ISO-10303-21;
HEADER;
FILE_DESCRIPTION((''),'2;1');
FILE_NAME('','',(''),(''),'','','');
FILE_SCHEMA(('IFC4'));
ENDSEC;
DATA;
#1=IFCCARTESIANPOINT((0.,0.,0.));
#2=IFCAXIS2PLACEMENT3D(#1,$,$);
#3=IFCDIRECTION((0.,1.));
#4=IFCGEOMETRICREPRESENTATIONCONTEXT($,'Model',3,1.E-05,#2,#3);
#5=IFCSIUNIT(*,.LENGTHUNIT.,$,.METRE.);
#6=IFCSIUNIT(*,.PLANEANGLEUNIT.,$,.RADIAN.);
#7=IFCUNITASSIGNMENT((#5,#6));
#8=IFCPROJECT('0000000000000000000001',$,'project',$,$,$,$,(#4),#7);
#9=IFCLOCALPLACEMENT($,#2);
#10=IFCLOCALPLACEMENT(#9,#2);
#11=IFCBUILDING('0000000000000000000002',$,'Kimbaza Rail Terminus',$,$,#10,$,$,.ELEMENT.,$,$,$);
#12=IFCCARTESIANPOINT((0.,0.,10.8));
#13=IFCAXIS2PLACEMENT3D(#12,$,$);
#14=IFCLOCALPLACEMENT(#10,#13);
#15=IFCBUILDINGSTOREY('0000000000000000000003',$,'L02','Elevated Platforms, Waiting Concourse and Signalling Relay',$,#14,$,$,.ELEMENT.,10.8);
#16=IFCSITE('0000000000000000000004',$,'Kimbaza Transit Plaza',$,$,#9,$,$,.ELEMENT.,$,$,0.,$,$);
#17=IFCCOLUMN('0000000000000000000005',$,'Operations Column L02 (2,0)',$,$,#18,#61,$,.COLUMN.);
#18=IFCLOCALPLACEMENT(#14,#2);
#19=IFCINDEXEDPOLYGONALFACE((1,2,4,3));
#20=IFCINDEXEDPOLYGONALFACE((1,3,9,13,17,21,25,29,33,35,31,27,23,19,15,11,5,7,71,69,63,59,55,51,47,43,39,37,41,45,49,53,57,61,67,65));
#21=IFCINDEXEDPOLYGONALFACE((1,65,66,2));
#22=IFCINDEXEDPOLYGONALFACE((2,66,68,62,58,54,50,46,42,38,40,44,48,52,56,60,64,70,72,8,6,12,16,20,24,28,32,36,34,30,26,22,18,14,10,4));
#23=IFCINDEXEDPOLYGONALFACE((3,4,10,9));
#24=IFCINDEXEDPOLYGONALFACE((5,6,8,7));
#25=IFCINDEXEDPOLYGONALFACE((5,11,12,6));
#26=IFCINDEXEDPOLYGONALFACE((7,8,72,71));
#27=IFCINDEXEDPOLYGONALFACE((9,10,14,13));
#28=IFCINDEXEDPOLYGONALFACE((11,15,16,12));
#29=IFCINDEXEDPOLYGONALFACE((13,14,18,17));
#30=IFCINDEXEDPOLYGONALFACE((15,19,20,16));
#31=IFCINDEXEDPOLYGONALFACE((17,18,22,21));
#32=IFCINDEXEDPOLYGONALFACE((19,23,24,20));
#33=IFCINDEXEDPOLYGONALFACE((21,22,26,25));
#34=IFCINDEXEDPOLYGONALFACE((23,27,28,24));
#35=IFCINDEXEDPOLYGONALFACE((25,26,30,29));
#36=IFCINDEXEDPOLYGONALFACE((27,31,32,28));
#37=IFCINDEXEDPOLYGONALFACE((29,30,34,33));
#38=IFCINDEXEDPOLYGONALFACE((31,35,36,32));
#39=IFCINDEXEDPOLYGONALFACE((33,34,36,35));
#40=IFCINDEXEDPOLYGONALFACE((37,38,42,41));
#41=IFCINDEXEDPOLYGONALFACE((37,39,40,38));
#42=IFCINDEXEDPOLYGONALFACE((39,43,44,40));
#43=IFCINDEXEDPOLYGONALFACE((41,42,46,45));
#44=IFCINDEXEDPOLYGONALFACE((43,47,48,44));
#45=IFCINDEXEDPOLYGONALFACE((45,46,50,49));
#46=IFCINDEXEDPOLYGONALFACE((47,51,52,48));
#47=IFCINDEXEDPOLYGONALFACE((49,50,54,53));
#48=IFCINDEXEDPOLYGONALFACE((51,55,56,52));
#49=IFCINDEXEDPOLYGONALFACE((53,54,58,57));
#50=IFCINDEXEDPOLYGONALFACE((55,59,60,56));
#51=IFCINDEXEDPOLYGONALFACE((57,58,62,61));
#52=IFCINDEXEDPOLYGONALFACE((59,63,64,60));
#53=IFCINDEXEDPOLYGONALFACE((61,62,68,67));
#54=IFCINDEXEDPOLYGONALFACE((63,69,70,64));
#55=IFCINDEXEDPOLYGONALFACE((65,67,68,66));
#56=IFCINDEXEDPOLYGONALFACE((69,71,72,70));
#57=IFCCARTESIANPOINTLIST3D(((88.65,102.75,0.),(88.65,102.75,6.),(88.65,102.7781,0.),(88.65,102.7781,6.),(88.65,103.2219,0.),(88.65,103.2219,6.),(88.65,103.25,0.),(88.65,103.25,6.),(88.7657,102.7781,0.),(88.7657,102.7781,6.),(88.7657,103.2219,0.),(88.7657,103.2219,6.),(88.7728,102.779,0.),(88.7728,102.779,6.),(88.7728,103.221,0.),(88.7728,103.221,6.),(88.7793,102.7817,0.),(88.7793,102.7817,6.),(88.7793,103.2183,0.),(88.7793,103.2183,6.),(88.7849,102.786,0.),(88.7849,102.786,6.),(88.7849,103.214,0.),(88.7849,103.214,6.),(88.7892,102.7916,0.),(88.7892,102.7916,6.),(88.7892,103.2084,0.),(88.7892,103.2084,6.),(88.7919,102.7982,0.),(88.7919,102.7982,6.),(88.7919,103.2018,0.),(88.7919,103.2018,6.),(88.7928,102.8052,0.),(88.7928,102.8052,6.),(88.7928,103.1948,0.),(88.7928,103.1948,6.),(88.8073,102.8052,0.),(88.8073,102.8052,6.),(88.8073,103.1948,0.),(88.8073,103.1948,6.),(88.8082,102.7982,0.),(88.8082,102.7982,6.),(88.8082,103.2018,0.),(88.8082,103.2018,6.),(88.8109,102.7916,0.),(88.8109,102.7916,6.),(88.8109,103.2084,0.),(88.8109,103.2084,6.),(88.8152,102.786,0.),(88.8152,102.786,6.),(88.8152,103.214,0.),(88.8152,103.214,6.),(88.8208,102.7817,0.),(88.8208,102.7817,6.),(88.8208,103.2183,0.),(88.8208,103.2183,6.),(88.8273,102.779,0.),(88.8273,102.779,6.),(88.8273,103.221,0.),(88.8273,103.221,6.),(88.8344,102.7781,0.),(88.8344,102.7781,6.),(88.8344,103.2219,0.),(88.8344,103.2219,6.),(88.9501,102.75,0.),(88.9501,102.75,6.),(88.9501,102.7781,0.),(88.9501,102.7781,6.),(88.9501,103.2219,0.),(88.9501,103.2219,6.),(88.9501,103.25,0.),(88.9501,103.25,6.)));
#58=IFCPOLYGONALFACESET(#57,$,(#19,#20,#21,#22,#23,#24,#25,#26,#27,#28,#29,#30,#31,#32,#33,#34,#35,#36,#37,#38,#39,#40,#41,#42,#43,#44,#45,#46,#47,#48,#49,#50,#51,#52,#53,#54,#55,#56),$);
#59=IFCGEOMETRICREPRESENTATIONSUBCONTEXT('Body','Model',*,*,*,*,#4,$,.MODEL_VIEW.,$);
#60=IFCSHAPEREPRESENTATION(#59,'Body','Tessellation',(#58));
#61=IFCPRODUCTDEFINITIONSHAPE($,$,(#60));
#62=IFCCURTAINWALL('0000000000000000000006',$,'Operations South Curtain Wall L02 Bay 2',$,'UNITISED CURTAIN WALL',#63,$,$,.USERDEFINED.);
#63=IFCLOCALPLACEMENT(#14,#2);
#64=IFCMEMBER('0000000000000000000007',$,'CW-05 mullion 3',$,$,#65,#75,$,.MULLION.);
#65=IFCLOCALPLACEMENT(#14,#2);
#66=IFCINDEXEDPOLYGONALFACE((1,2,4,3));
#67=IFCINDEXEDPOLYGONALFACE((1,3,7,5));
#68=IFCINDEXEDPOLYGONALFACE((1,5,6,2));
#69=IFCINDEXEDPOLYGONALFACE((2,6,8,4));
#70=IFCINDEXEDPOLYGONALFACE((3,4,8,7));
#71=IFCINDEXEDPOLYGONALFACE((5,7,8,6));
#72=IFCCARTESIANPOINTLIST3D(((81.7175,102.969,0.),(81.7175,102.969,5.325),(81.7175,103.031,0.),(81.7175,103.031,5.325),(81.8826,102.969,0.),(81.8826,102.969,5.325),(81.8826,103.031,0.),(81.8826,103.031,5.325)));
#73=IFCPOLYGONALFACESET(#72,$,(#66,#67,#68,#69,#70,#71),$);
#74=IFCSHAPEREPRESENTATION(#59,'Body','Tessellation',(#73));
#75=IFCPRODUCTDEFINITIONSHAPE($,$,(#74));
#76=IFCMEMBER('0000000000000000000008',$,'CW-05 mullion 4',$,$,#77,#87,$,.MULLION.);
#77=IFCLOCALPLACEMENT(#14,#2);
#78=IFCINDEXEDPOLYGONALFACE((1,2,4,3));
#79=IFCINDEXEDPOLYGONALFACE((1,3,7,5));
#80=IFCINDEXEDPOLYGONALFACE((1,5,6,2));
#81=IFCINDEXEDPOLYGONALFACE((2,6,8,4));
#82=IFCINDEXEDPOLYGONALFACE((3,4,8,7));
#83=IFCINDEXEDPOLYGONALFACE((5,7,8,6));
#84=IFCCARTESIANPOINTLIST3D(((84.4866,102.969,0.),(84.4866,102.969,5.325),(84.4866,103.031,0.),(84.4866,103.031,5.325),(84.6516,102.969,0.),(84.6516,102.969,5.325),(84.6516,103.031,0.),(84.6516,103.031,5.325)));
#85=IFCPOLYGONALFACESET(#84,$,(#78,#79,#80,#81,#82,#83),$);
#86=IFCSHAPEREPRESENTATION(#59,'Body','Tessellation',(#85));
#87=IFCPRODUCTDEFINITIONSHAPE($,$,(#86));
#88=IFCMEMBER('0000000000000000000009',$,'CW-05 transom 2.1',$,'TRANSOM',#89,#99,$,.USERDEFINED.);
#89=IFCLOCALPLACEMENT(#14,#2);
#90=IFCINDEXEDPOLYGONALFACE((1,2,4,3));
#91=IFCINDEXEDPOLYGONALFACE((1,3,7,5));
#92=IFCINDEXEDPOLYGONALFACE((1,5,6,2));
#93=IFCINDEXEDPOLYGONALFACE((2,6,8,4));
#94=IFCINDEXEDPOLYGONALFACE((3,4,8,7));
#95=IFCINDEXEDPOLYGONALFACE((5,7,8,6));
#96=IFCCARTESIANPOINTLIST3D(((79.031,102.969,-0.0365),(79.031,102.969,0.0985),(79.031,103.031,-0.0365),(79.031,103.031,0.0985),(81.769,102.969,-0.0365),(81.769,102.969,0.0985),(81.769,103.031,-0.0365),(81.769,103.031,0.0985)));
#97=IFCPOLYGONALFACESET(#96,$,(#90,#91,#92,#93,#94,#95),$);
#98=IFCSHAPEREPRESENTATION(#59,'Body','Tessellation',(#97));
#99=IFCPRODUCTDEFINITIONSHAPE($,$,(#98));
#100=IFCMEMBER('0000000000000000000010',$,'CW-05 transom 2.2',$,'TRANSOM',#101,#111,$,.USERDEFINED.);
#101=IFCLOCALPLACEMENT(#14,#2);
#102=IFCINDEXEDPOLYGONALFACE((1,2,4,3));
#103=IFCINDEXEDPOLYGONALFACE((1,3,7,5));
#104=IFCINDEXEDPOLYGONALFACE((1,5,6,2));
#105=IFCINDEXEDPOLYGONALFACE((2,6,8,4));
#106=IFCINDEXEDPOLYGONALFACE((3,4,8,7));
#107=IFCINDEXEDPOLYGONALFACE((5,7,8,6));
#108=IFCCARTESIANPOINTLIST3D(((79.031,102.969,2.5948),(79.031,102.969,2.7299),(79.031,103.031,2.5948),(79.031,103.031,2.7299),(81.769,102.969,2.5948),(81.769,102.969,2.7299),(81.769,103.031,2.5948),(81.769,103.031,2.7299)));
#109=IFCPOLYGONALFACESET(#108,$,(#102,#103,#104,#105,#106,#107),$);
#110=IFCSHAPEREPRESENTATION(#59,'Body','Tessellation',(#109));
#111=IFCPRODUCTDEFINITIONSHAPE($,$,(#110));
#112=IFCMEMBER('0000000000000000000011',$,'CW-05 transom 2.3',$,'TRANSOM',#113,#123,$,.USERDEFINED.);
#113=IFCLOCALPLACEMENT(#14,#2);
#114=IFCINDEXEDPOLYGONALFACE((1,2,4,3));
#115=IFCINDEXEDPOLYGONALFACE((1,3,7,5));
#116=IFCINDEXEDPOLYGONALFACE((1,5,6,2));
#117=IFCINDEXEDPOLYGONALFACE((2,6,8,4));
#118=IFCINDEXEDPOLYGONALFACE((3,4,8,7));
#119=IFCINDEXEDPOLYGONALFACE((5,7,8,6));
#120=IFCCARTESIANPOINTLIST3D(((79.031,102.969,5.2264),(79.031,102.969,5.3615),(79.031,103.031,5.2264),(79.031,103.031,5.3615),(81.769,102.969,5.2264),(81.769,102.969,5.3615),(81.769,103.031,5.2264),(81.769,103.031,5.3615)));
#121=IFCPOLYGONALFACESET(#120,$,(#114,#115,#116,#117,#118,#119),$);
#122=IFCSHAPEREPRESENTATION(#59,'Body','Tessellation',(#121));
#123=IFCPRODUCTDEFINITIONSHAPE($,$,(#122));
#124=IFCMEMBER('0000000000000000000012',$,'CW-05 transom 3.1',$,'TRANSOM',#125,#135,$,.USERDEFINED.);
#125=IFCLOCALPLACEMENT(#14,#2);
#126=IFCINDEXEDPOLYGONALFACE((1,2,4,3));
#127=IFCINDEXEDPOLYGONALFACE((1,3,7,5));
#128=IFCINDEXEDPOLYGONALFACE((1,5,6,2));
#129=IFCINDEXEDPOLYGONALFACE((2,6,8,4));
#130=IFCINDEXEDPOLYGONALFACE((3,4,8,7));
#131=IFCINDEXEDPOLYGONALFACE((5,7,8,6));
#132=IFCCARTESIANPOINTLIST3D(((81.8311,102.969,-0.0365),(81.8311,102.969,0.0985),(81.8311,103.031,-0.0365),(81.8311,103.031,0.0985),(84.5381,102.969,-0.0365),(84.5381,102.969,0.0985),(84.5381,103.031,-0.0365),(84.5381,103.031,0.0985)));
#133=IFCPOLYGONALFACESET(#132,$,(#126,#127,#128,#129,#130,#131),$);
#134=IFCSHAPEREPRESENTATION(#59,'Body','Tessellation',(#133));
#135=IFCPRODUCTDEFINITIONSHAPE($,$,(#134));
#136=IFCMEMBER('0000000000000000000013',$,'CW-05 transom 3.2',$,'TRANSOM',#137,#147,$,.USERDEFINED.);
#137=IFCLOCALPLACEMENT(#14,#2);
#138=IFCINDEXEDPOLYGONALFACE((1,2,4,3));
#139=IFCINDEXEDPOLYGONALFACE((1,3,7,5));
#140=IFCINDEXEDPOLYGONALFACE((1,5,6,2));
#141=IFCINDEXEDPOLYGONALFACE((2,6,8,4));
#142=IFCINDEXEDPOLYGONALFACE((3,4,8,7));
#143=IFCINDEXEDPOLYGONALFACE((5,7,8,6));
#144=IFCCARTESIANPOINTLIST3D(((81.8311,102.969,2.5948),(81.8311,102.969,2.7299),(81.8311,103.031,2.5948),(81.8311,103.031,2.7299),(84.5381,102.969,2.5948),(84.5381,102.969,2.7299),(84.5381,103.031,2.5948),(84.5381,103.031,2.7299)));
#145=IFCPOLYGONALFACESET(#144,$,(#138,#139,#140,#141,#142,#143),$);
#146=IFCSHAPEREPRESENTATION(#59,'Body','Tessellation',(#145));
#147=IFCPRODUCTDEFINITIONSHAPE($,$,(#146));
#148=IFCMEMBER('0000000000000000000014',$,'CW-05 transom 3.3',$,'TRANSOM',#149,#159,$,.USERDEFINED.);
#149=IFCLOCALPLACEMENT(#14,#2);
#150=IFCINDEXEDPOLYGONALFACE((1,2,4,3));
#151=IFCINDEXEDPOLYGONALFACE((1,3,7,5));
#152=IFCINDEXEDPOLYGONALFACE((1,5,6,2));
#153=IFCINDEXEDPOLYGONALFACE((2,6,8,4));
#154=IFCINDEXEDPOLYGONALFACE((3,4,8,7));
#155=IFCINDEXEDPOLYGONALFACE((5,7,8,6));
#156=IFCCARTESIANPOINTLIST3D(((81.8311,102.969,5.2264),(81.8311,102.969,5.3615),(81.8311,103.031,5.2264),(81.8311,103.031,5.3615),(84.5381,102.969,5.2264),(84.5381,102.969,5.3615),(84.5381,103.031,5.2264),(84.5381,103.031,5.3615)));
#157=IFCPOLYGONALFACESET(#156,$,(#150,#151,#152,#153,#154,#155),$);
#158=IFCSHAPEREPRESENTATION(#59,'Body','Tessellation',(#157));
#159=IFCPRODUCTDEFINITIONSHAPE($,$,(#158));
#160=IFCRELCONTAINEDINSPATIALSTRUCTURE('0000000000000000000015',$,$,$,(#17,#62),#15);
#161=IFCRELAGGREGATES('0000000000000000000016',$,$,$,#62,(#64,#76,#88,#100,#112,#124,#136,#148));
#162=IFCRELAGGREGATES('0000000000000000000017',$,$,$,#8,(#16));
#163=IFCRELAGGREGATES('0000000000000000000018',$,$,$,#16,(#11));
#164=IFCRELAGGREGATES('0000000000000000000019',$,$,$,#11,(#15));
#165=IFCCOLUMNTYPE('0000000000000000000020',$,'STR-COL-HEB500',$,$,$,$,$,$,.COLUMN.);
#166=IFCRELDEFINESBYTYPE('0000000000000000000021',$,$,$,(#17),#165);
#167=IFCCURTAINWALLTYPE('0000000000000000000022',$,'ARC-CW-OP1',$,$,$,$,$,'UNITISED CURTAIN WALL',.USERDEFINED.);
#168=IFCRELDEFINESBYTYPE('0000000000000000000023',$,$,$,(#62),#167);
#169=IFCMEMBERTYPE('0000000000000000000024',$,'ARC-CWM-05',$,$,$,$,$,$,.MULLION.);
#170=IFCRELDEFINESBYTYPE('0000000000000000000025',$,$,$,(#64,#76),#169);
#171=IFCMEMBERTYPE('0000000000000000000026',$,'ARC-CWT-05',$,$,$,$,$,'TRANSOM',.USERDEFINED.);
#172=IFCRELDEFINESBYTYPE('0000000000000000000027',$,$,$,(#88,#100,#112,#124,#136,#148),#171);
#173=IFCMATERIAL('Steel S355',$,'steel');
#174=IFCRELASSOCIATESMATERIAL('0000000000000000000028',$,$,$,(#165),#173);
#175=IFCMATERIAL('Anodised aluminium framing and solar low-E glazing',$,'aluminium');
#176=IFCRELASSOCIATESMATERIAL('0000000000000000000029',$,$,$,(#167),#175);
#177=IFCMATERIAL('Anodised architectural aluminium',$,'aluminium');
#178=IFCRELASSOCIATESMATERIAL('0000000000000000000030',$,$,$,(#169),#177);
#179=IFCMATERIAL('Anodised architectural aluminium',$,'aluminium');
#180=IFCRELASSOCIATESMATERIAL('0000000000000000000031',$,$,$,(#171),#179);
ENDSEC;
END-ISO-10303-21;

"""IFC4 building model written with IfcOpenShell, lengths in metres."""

from ifc_helpers import new_model, si_unit, direction, frame, origin, origin_2d, place, context, subcontext, project, spatial, rectangle, i_section, extrude, material, material_profile, profile_set, type_object, element, aggregate, save


model = new_model("IFC4")

# Units and contexts
model_context = context("Model", 3, precision=1e-05, world=origin(), true_north=direction((0.0, 1.0)))
body_context = subcontext(model_context, "Body", "Model", "MODEL_VIEW")
ifc_project = project(units=[si_unit("LENGTHUNIT", "METRE"), si_unit("PLANEANGLEUNIT", "RADIAN")], contexts=[model_context])

# Site, building, storey
site_placement = place(None, origin())
site = spatial("IfcSite", under=ifc_project, at=site_placement, Name="Kimbaza Transit Plaza", CompositionType="ELEMENT", RefElevation=0.0)
building_placement = place(site_placement, origin())
building = spatial("IfcBuilding", under=site, at=building_placement, Name="Kimbaza Rail Terminus", CompositionType="ELEMENT")
storey_placement = place(building_placement, frame((0.0, 0.0, 10.8)))
storey = spatial("IfcBuildingStorey", under=building, at=storey_placement, Name="L02", Description="Elevated Platforms, Waiting Concourse and Signalling Relay", CompositionType="ELEMENT", Elevation=10.8)

# Column
ifc_material_1 = material(Name="Steel S355", Category="steel")
ifc_material_profile_1 = material_profile(ifc_material_1, i_section(OverallWidth=0.3, OverallDepth=0.5, WebThickness=0.0144, FlangeThickness=0.0281, FilletRadius=0.0271, at=origin_2d()), Name="HEB 500")
ifc_profile_set_1 = profile_set([ifc_material_profile_1], Name="Steel S355")
column_type = type_object("IfcColumnType", Name="STR-COL-HEB500", PredefinedType="COLUMN", material=ifc_profile_set_1)
column_placement = place(storey_placement, frame((88.8, 103.0, 0.0), z_axis=(0.0, 0.0, 1.0), x_axis=(1.0, 0.0, 0.0)))
element("IfcColumn", 1, at=column_placement, inside=storey, type_object=column_type, Name="Operations Column L02 (2,0)", PredefinedType="COLUMN", context=body_context, shape_type="SweptSolid", body=[
    extrude(i_section(OverallWidth=0.3, OverallDepth=0.5, WebThickness=0.0144, FlangeThickness=0.0281, FilletRadius=0.0271, at=origin_2d()), origin(), (0.0, 0.0, 1.0), 6.0),
])

# Curtain wall, members
ifc_material_2 = material(Name="Anodised aluminium framing and solar low-E glazing", Category="aluminium")
curtain_wall_type = type_object("IfcCurtainWallType", Name="ARC-CW-OP1", ElementType="UNITISED CURTAIN WALL", PredefinedType="USERDEFINED", material=ifc_material_2)
curtain_wall_placement = place(storey_placement, origin())
curtain_wall = element("IfcCurtainWall", 2, at=curtain_wall_placement, inside=storey, type_object=curtain_wall_type, Name="Operations South Curtain Wall L02 Bay 2", ObjectType="UNITISED CURTAIN WALL", PredefinedType="USERDEFINED")
ifc_material_3 = material(Name="Anodised architectural aluminium", Category="aluminium")
ifc_material_profile_2 = material_profile(ifc_material_3, rectangle(XDim=0.062, YDim=0.165, at=origin_2d()), Name="MULLION 62x165")
ifc_profile_set_2 = profile_set([ifc_material_profile_2], Name="Anodised architectural aluminium")
member_type_1 = type_object("IfcMemberType", Name="ARC-CWM-05", PredefinedType="MULLION", material=ifc_profile_set_2)
member_1_placement = place(storey_placement, frame((81.8, 103.0, 0.0), z_axis=(0.0, 0.0, 1.0), x_axis=(0.0, 1.0, 0.0)))
member_1 = element("IfcMember", 3, at=member_1_placement, type_object=member_type_1, Name="CW-05 mullion 3", PredefinedType="MULLION", context=body_context, shape_type="SweptSolid", body=[
    extrude(rectangle(XDim=0.062, YDim=0.165, at=origin_2d()), origin(), (0.0, 0.0, 1.0), 5.325),
])
member_2_placement = place(storey_placement, frame((84.5691, 103.0, 0.0), z_axis=(0.0, 0.0, 1.0), x_axis=(0.0, 1.0, 0.0)))
member_2 = element("IfcMember", 4, at=member_2_placement, type_object=member_type_1, Name="CW-05 mullion 4", PredefinedType="MULLION", context=body_context, shape_type="SweptSolid", body=[
    extrude(rectangle(XDim=0.062, YDim=0.165, at=origin_2d()), origin(), (0.0, 0.0, 1.0), 5.325),
])
ifc_material_4 = material(Name="Anodised architectural aluminium", Category="aluminium")
ifc_material_profile_3 = material_profile(ifc_material_4, rectangle(XDim=0.062, YDim=0.135, at=origin_2d()), Name="TRANSOM 62x135")
ifc_profile_set_3 = profile_set([ifc_material_profile_3], Name="Anodised architectural aluminium")
member_type_2 = type_object("IfcMemberType", Name="ARC-CWT-05", ElementType="TRANSOM", PredefinedType="USERDEFINED", material=ifc_profile_set_3)
member_3_placement = place(storey_placement, frame((79.031, 103.0, 0.031), z_axis=(1.0, 0.0, 0.0), x_axis=(0.0, 1.0, 0.0)))
member_3 = element("IfcMember", 5, at=member_3_placement, type_object=member_type_2, Name="CW-05 transom 2.1", ObjectType="TRANSOM", PredefinedType="USERDEFINED", context=body_context, shape_type="SweptSolid", body=[
    extrude(rectangle(XDim=0.062, YDim=0.135, at=origin_2d()), origin(), (0.0, 0.0, 1.0), 2.738),
])
member_4_placement = place(storey_placement, frame((79.031, 103.0, 2.6624), z_axis=(1.0, 0.0, 0.0), x_axis=(0.0, 1.0, 0.0)))
member_4 = element("IfcMember", 6, at=member_4_placement, type_object=member_type_2, Name="CW-05 transom 2.2", ObjectType="TRANSOM", PredefinedType="USERDEFINED", context=body_context, shape_type="SweptSolid", body=[
    extrude(rectangle(XDim=0.062, YDim=0.135, at=origin_2d()), origin(), (0.0, 0.0, 1.0), 2.738),
])
member_5_placement = place(storey_placement, frame((79.031, 103.0, 5.2939), z_axis=(1.0, 0.0, 0.0), x_axis=(0.0, 1.0, 0.0)))
member_5 = element("IfcMember", 7, at=member_5_placement, type_object=member_type_2, Name="CW-05 transom 2.3", ObjectType="TRANSOM", PredefinedType="USERDEFINED", context=body_context, shape_type="SweptSolid", body=[
    extrude(rectangle(XDim=0.062, YDim=0.135, at=origin_2d()), origin(), (0.0, 0.0, 1.0), 2.738),
])
member_6_placement = place(storey_placement, frame((81.8311, 103.0, 0.031), z_axis=(1.0, 0.0, 0.0), x_axis=(0.0, 1.0, 0.0)))
member_6 = element("IfcMember", 8, at=member_6_placement, type_object=member_type_2, Name="CW-05 transom 3.1", ObjectType="TRANSOM", PredefinedType="USERDEFINED", context=body_context, shape_type="SweptSolid", body=[
    extrude(rectangle(XDim=0.062, YDim=0.135, at=origin_2d()), origin(), (0.0, 0.0, 1.0), 2.707),
])
member_7_placement = place(storey_placement, frame((81.8311, 103.0, 2.6624), z_axis=(1.0, 0.0, 0.0), x_axis=(0.0, 1.0, 0.0)))
member_7 = element("IfcMember", 9, at=member_7_placement, type_object=member_type_2, Name="CW-05 transom 3.2", ObjectType="TRANSOM", PredefinedType="USERDEFINED", context=body_context, shape_type="SweptSolid", body=[
    extrude(rectangle(XDim=0.062, YDim=0.135, at=origin_2d()), origin(), (0.0, 0.0, 1.0), 2.707),
])
member_8_placement = place(storey_placement, frame((81.8311, 103.0, 5.2939), z_axis=(1.0, 0.0, 0.0), x_axis=(0.0, 1.0, 0.0)))
member_8 = element("IfcMember", 10, at=member_8_placement, type_object=member_type_2, Name="CW-05 transom 3.3", ObjectType="TRANSOM", PredefinedType="USERDEFINED", context=body_context, shape_type="SweptSolid", body=[
    extrude(rectangle(XDim=0.062, YDim=0.135, at=origin_2d()), origin(), (0.0, 0.0, 1.0), 2.707),
])

aggregate(curtain_wall, [member_1, member_2, member_3, member_4, member_5, member_6, member_7, member_8])

save(model, "model.ifc")
